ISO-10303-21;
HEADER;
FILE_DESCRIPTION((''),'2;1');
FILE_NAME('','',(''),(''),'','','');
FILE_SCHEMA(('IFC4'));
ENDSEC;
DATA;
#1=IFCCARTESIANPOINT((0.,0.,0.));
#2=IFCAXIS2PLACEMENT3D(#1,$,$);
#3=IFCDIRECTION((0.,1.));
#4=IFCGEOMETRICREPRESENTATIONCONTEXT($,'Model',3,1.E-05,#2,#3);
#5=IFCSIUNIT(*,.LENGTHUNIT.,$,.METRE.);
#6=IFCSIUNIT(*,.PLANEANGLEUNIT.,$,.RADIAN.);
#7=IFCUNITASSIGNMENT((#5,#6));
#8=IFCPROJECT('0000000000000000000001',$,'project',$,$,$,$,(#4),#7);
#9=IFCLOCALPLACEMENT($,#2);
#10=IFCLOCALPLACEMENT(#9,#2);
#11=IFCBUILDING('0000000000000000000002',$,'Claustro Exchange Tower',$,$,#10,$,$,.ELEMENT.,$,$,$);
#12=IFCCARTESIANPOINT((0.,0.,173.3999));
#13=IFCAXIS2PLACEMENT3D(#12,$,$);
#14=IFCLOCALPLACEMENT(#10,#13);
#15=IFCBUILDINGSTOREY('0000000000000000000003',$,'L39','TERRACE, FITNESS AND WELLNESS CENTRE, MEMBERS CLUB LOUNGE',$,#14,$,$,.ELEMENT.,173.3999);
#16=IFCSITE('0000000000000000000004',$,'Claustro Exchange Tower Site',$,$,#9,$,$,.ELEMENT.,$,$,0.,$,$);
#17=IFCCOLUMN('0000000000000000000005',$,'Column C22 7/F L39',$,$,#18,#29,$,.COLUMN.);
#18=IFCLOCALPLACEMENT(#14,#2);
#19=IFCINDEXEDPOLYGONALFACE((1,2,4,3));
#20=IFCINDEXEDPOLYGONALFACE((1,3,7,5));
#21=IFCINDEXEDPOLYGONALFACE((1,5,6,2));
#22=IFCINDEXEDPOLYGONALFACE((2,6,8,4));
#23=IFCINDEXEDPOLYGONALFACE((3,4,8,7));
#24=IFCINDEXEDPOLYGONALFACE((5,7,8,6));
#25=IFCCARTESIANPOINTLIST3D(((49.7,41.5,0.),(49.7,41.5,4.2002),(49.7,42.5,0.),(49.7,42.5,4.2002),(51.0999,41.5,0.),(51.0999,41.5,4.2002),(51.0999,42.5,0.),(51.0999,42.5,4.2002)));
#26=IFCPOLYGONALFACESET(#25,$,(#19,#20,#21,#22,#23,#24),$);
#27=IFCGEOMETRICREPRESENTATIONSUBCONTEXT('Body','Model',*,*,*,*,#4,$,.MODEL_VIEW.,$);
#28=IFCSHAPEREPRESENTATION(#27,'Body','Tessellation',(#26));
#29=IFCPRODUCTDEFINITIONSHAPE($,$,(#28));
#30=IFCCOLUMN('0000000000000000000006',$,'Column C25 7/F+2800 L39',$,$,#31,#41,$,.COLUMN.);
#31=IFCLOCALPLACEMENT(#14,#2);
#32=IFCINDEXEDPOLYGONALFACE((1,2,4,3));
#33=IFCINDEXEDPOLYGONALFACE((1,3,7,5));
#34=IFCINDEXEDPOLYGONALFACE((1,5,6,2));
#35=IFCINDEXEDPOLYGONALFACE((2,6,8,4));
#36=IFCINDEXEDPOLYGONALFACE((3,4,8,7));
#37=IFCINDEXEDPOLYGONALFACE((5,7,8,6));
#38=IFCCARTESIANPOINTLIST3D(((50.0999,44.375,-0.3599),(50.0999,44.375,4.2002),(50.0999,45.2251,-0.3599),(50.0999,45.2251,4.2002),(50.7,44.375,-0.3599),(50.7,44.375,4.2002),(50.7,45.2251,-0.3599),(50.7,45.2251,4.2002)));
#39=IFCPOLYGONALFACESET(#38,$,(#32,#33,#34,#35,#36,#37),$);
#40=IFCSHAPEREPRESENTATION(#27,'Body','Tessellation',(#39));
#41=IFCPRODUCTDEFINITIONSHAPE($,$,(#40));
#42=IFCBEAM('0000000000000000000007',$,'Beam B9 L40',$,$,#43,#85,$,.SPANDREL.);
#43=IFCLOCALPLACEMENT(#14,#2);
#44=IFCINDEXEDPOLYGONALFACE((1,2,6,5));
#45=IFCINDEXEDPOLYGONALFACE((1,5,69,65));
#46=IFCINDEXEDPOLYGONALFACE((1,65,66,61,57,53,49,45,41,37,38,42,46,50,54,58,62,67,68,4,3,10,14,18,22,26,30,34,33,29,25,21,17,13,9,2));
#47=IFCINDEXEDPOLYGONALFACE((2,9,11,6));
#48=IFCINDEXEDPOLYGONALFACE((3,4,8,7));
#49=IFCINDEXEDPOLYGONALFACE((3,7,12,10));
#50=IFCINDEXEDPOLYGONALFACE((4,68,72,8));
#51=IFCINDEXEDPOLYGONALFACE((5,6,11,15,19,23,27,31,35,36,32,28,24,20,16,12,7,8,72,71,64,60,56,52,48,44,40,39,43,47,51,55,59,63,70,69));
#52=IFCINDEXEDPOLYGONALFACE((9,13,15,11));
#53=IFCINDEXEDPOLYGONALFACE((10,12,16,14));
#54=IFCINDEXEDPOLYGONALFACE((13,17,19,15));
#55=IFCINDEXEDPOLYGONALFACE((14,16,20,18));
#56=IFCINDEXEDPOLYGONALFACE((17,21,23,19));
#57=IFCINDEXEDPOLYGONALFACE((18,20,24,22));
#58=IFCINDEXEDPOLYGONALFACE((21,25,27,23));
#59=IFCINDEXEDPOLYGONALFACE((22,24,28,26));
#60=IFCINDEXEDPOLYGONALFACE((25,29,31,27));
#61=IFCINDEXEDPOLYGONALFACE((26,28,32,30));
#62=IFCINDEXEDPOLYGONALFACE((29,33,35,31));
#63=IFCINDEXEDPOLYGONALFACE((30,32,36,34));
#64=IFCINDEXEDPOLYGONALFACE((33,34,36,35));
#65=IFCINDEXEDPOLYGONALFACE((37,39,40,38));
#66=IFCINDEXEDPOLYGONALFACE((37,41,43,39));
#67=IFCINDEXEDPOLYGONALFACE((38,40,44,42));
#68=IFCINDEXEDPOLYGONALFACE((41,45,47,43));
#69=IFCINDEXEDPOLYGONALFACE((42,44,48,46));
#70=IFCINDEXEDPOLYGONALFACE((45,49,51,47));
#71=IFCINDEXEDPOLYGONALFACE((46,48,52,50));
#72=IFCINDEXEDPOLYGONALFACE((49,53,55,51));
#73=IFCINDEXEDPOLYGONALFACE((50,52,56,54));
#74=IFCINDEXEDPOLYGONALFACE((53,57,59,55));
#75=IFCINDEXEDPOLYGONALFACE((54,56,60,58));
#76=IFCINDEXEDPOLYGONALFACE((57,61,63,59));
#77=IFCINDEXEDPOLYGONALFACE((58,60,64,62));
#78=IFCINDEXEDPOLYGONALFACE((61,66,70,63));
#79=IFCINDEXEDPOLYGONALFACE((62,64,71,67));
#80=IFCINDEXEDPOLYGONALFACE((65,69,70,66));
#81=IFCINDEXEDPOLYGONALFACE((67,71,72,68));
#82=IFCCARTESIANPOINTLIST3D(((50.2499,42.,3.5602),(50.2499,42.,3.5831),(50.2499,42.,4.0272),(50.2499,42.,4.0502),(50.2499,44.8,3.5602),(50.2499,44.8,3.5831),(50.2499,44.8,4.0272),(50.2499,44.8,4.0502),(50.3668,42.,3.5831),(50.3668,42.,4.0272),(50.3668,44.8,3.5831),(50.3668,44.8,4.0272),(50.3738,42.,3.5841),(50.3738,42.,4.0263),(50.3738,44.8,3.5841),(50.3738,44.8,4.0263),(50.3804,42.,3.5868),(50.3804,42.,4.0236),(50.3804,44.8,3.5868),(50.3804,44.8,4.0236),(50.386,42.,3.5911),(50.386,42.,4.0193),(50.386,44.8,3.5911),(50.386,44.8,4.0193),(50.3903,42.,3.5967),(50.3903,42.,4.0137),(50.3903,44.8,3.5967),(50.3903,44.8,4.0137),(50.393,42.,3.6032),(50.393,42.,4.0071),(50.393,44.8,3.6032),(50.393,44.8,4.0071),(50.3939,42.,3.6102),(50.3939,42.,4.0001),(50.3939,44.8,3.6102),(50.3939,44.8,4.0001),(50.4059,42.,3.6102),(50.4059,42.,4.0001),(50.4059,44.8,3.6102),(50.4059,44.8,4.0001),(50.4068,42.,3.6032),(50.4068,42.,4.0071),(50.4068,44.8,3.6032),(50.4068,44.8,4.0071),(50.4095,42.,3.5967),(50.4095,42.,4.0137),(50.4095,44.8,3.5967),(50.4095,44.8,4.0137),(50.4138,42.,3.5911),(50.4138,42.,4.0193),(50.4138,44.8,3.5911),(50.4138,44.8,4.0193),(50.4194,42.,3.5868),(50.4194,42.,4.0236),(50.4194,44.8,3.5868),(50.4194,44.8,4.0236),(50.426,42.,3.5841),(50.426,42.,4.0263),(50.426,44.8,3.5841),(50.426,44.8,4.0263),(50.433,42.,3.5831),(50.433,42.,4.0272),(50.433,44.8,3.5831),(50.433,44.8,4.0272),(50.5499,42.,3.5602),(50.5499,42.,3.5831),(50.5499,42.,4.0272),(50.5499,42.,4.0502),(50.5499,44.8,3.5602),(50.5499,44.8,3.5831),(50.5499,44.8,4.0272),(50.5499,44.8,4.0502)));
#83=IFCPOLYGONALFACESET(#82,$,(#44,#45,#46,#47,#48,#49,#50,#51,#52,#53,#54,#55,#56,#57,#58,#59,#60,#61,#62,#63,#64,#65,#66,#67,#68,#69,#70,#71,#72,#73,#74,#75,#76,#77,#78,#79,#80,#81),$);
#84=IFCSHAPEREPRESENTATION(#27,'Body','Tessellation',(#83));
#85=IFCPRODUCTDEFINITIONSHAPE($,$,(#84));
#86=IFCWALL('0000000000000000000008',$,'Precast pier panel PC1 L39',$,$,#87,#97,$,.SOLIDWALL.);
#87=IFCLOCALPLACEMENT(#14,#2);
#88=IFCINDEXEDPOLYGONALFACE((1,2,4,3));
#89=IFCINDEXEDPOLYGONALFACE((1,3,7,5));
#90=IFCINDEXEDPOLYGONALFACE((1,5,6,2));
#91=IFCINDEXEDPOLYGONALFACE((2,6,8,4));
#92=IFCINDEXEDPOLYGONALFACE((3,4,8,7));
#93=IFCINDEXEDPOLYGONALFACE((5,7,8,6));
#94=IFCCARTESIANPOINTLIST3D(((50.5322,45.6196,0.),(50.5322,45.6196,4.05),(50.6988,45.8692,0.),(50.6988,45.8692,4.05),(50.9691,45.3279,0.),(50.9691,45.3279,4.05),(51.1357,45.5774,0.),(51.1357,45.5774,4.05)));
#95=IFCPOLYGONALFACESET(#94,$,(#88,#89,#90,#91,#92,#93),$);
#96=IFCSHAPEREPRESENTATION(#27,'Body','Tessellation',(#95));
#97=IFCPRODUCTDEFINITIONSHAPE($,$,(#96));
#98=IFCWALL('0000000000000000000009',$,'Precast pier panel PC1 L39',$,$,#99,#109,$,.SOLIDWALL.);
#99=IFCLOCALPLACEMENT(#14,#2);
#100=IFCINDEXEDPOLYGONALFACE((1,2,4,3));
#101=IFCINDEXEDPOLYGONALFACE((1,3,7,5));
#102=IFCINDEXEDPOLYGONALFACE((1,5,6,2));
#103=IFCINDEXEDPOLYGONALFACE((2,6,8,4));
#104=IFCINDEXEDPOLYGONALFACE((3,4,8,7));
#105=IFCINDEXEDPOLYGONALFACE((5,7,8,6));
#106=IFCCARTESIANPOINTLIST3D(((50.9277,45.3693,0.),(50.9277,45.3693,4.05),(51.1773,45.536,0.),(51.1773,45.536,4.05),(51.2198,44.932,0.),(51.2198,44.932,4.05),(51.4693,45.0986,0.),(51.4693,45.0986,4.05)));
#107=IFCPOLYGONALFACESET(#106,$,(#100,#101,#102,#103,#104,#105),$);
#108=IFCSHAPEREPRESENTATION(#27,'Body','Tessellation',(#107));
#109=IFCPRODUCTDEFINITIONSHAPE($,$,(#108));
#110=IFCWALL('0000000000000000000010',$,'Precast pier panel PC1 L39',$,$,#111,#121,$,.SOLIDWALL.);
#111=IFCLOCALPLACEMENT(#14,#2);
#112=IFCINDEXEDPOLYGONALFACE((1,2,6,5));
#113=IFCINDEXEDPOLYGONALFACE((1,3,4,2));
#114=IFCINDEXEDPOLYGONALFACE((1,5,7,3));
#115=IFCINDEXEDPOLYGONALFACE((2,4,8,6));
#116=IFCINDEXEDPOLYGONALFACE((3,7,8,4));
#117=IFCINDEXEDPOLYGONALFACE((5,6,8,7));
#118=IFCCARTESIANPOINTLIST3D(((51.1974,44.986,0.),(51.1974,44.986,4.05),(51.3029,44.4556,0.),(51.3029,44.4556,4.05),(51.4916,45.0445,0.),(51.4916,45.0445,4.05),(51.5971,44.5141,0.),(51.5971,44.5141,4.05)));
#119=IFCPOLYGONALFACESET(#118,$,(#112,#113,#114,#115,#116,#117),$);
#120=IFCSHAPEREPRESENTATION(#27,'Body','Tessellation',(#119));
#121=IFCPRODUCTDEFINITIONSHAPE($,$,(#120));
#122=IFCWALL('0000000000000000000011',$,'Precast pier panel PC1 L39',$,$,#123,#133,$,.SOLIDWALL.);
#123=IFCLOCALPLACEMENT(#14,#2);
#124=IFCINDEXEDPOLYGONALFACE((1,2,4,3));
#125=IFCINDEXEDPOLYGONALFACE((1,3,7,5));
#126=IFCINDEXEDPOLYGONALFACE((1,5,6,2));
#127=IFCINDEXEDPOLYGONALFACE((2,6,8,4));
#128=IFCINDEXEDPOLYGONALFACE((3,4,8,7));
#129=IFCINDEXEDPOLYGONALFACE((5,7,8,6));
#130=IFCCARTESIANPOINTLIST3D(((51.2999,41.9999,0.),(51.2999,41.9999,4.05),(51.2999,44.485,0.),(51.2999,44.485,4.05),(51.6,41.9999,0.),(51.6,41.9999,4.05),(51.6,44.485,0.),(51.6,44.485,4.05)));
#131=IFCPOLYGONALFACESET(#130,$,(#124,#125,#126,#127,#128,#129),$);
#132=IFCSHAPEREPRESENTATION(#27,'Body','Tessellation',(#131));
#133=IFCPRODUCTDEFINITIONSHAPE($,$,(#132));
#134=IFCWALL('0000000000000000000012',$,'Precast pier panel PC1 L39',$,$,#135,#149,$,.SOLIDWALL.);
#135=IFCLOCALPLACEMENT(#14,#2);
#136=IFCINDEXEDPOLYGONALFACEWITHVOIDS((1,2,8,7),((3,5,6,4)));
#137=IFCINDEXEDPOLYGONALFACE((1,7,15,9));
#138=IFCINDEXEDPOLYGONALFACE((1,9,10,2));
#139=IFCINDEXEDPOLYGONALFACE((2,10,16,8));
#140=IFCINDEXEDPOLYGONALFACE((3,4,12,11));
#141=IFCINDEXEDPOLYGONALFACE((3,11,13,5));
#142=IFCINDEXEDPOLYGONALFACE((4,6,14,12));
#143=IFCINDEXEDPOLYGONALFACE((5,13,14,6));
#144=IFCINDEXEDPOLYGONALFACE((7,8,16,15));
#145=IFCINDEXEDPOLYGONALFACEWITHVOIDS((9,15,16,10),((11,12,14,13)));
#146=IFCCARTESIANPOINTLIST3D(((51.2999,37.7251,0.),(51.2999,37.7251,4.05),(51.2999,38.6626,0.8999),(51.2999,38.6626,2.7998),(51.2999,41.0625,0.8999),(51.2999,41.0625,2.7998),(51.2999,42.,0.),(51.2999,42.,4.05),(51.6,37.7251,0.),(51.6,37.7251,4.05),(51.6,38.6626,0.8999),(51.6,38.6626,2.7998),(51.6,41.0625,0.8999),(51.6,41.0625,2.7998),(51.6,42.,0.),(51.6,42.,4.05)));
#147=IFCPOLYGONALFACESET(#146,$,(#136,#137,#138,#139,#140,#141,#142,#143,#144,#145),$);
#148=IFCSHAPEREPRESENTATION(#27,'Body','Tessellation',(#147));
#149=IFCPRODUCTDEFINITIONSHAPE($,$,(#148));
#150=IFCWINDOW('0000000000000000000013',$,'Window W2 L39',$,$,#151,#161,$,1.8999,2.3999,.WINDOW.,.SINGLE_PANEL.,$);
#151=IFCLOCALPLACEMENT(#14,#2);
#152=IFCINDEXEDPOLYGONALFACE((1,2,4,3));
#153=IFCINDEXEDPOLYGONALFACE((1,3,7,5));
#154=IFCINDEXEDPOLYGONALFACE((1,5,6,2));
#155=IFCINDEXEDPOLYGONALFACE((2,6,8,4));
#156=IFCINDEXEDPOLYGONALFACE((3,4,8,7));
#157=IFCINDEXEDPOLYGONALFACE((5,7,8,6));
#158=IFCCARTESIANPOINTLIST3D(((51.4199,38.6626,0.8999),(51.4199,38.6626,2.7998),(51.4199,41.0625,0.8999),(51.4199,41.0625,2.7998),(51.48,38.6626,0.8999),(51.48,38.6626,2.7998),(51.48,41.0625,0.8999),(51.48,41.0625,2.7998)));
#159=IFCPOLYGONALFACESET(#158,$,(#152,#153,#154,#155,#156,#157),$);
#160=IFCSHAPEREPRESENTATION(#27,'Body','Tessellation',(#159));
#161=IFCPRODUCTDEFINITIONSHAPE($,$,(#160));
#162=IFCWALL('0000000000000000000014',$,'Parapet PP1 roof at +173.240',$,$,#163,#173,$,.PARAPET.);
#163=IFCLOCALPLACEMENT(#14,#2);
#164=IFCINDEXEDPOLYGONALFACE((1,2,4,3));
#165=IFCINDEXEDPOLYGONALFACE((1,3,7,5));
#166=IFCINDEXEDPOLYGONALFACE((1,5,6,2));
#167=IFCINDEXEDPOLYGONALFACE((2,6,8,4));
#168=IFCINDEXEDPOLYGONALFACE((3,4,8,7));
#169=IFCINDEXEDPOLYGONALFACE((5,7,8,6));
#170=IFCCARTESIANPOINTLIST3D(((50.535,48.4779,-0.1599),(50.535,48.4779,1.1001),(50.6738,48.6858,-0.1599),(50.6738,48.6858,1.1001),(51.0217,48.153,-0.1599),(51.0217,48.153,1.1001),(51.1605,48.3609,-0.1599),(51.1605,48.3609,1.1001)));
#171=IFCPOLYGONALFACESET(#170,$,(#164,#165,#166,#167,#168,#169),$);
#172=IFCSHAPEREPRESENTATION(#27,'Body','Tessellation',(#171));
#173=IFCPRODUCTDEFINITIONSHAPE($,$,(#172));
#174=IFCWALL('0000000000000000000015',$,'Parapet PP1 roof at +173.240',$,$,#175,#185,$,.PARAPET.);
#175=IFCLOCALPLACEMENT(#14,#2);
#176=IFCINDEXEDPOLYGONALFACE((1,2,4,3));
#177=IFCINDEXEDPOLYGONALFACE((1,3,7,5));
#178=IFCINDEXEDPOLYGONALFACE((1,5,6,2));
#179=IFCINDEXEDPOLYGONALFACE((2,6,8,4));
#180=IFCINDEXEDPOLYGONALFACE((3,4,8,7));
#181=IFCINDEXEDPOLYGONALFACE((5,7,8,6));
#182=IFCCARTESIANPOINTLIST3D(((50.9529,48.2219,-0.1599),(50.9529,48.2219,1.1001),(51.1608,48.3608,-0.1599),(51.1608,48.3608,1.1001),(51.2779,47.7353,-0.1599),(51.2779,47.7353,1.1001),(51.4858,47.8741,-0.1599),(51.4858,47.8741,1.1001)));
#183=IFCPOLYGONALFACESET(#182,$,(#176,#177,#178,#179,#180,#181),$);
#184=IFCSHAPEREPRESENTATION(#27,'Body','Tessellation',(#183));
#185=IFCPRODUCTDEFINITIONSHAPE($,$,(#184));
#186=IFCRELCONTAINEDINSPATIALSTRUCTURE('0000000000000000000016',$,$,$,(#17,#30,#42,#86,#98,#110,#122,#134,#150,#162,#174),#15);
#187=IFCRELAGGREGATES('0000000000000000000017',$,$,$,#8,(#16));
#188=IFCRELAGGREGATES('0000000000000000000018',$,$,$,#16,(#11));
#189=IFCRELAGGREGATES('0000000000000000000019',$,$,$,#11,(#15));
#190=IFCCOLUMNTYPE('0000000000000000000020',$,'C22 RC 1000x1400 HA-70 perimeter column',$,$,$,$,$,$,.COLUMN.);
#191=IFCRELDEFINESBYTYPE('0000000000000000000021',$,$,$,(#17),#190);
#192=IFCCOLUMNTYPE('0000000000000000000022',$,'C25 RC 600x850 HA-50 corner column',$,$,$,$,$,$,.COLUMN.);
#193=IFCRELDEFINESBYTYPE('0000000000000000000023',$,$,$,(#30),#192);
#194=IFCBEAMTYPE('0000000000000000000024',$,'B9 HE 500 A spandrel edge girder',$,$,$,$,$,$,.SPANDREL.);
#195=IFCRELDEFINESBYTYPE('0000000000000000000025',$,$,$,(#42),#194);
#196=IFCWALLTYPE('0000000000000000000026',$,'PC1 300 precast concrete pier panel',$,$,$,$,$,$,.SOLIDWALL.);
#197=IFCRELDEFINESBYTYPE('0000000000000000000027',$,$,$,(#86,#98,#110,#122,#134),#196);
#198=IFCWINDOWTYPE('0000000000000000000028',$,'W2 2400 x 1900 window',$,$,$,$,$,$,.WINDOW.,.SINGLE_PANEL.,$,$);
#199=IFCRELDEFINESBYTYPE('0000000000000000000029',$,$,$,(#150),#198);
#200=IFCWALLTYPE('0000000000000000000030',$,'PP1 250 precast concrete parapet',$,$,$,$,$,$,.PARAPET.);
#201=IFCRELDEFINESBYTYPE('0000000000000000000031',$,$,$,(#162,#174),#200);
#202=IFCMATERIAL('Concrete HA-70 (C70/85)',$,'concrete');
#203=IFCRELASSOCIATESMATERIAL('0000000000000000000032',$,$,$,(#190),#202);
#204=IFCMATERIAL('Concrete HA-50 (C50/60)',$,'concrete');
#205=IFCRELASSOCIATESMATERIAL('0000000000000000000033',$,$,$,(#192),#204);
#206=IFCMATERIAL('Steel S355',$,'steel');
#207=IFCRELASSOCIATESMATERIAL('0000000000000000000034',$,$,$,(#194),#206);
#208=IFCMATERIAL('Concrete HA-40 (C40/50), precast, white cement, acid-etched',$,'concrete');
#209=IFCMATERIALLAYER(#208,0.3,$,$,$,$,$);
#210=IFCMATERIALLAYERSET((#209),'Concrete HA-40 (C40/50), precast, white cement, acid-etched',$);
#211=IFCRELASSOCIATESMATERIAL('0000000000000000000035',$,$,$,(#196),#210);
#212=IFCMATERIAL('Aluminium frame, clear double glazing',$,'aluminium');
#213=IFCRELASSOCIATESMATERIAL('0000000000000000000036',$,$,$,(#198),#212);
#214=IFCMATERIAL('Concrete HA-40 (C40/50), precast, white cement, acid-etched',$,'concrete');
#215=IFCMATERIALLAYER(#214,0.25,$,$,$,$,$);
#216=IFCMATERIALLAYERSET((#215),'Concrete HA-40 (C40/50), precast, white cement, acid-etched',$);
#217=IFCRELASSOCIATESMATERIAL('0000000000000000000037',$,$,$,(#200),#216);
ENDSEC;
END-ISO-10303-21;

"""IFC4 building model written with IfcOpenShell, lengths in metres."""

from ifc_helpers import new_model, si_unit, direction, frame, frame_2d, origin, origin_2d, place, context, subcontext, project, spatial, rectangle, i_section, extrude, material, layer, layer_set, material_profile, profile_set, type_object, element, fill, save


model = new_model("IFC4")

# Units and contexts
model_context = context("Model", 3, precision=1e-05, world=origin(), true_north=direction((0.0, 1.0)))
body_context = subcontext(model_context, "Body", "Model", "MODEL_VIEW")
ifc_project = project(units=[si_unit("LENGTHUNIT", "METRE"), si_unit("PLANEANGLEUNIT", "RADIAN")], contexts=[model_context])

# Site, building, storey
site_placement = place(None, origin())
site = spatial("IfcSite", under=ifc_project, at=site_placement, Name="Claustro Exchange Tower Site", CompositionType="ELEMENT", RefElevation=0.0)
building_placement = place(site_placement, origin())
building = spatial("IfcBuilding", under=site, at=building_placement, Name="Claustro Exchange Tower", CompositionType="ELEMENT")
storey_placement = place(building_placement, frame((0.0, 0.0, 173.3999)))
storey = spatial("IfcBuildingStorey", under=building, at=storey_placement, Name="L39", Description="TERRACE, FITNESS AND WELLNESS CENTRE, MEMBERS CLUB LOUNGE", CompositionType="ELEMENT", Elevation=173.3999)

# Columns
ifc_material_1 = material(Name="Concrete HA-70 (C70/85)", Category="concrete")
ifc_material_profile_1 = material_profile(ifc_material_1, rectangle(XDim=1.0, YDim=1.3999, at=origin_2d()), Name="RC 1000x1400")
ifc_profile_set_1 = profile_set([ifc_material_profile_1], Name="Concrete HA-70 (C70/85)")
column_type_1 = type_object("IfcColumnType", Name="C22 RC 1000x1400 HA-70 perimeter column", PredefinedType="COLUMN", material=ifc_profile_set_1)
column_1_placement = place(storey_placement, frame((50.3999, 42.0, 0.0), z_axis=(0.0, 0.0, 1.0), x_axis=(0.0, 1.0, 0.0)))
element("IfcColumn", 1, at=column_1_placement, inside=storey, type_object=column_type_1, Name="Column C22 7/F L39", PredefinedType="COLUMN", context=body_context, shape_type="SweptSolid", body=[
    extrude(rectangle(XDim=1.0, YDim=1.3999, at=origin_2d()), origin(), (0.0, 0.0, 1.0), 4.2002),
])
ifc_material_2 = material(Name="Concrete HA-50 (C50/60)", Category="concrete")
ifc_material_profile_2 = material_profile(ifc_material_2, rectangle(XDim=0.6001, YDim=0.8501, at=origin_2d()), Name="RC 600x850")
ifc_profile_set_2 = profile_set([ifc_material_profile_2], Name="Concrete HA-50 (C50/60)")
column_type_2 = type_object("IfcColumnType", Name="C25 RC 600x850 HA-50 corner column", PredefinedType="COLUMN", material=ifc_profile_set_2)
column_2_placement = place(storey_placement, frame((50.3999, 44.8, -0.3599), z_axis=(0.0, 0.0, 1.0), x_axis=(1.0, 0.0, 0.0)))
element("IfcColumn", 2, at=column_2_placement, inside=storey, type_object=column_type_2, Name="Column C25 7/F+2800 L39", PredefinedType="COLUMN", context=body_context, shape_type="SweptSolid", body=[
    extrude(rectangle(XDim=0.6001, YDim=0.8501, at=origin_2d()), origin(), (0.0, 0.0, 1.0), 4.5601),
])

# Beam
ifc_material_3 = material(Name="Steel S355", Category="steel")
ifc_material_profile_3 = material_profile(ifc_material_3, i_section(OverallWidth=0.3, OverallDepth=0.49, WebThickness=0.012, FlangeThickness=0.0229, FilletRadius=0.0271, at=origin_2d()), Name="HE 500 A")
ifc_profile_set_3 = profile_set([ifc_material_profile_3], Name="Steel S355")
beam_type = type_object("IfcBeamType", Name="B9 HE 500 A spandrel edge girder", PredefinedType="SPANDREL", material=ifc_profile_set_3)
beam_placement = place(storey_placement, frame((50.3999, 42.0, 3.8052), z_axis=(0.0, 1.0, 0.0), x_axis=(-1.0, 0.0, 0.0)))
element("IfcBeam", 3, at=beam_placement, inside=storey, type_object=beam_type, Name="Beam B9 L40", PredefinedType="SPANDREL", context=body_context, shape_type="SweptSolid", body=[
    extrude(i_section(OverallWidth=0.3, OverallDepth=0.49, WebThickness=0.012, FlangeThickness=0.0229, FilletRadius=0.0271, at=origin_2d()), origin(), (0.0, 0.0, 1.0), 2.8),
])

# Walls
ifc_material_4 = material(Name="Concrete HA-40 (C40/50), precast, white cement, acid-etched", Category="concrete")
ifc_layer_1 = layer(ifc_material_4, 0.3)
ifc_layer_set_1 = layer_set([ifc_layer_1], Name="Concrete HA-40 (C40/50), precast, white cement, acid-etched")
wall_type_1 = type_object("IfcWallType", Name="PC1 300 precast concrete pier panel", PredefinedType="SOLIDWALL", material=ifc_layer_set_1)
wall_1_placement = place(storey_placement, frame((50.6155, 45.7444, 0.0), z_axis=(0.0, 0.0, 1.0), x_axis=(0.831693, -0.555236, 0.0)))
element("IfcWall", 4, at=wall_1_placement, inside=storey, type_object=wall_type_1, Name="Precast pier panel PC1 L39", PredefinedType="SOLIDWALL", context=body_context, shape_type="SweptSolid", body=[
    extrude(rectangle(XDim=0.5254, YDim=0.3, at=frame_2d((0.2627, 0.0))), origin(), (0.0, 0.0, 1.0), 4.05),
])
wall_2_placement = place(storey_placement, frame((51.0525, 45.4526, 0.0), z_axis=(0.0, 0.0, 1.0), x_axis=(0.555343, -0.831621, 0.0)))
element("IfcWall", 5, at=wall_2_placement, inside=storey, type_object=wall_type_1, Name="Precast pier panel PC1 L39", PredefinedType="SOLIDWALL", context=body_context, shape_type="SweptSolid", body=[
    extrude(rectangle(XDim=0.5259, YDim=0.3, at=frame_2d((0.2629, 0.0))), origin(), (0.0, 0.0, 1.0), 4.05),
])
wall_3_placement = place(storey_placement, frame((51.3445, 45.0154, 0.0), z_axis=(0.0, 0.0, 1.0), x_axis=(0.195074, -0.980789, 0.0)))
element("IfcWall", 6, at=wall_3_placement, inside=storey, type_object=wall_type_1, Name="Precast pier panel PC1 L39", PredefinedType="SOLIDWALL", context=body_context, shape_type="SweptSolid", body=[
    extrude(rectangle(XDim=0.5408, YDim=0.3, at=frame_2d((0.2705, 0.0))), origin(), (0.0, 0.0, 1.0), 4.05),
])
wall_4_placement = place(storey_placement, frame((51.45, 44.4851, 0.0), z_axis=(0.0, 0.0, 1.0), x_axis=(0.0, -1.0, 0.0)))
element("IfcWall", 7, at=wall_4_placement, inside=storey, type_object=wall_type_1, Name="Precast pier panel PC1 L39", PredefinedType="SOLIDWALL", context=body_context, shape_type="SweptSolid", body=[
    extrude(rectangle(XDim=2.4851, YDim=0.3, at=frame_2d((1.2427, 0.0))), origin(), (0.0, 0.0, 1.0), 4.05),
])

# Wall, opening, window
wall_5_placement = place(storey_placement, frame((51.45, 42.0, 0.0), z_axis=(0.0, 0.0, 1.0), x_axis=(0.0, -1.0, 0.0)))
wall_5 = element("IfcWall", 8, at=wall_5_placement, inside=storey, type_object=wall_type_1, Name="Precast pier panel PC1 L39", PredefinedType="SOLIDWALL", context=body_context, shape_type="SweptSolid", body=[
    extrude(rectangle(XDim=4.2749, YDim=0.3, at=frame_2d((2.1375, 0.0))), origin(), (0.0, 0.0, 1.0), 4.05),
])
opening_placement = place(wall_5_placement, frame((0.9375, 0.0, 0.8999)))
opening = element("IfcOpeningElement", 9, at=opening_placement, cuts=wall_5, PredefinedType="OPENING", context=body_context, shape_type="SweptSolid", body=[
    extrude(rectangle(XDim=2.3999, YDim=1.8999, at=frame_2d((1.2, 0.95))), frame((0.0, 0.1599, 0.0), z_axis=(0.0, -1.0, 0.0), x_axis=(1.0, 0.0, 0.0)), (0.0, 0.0, 1.0), 0.3201),
])
ifc_material_5 = material(Name="Aluminium frame, clear double glazing", Category="aluminium")
window_type = type_object("IfcWindowType", Name="W2 2400 x 1900 window", PartitioningType="SINGLE_PANEL", PredefinedType="WINDOW", material=ifc_material_5)
window_placement = place(opening_placement, origin())
window = element("IfcWindow", 10, at=window_placement, inside=storey, type_object=window_type, Name="Window W2 L39", OverallHeight=1.8999, OverallWidth=2.3999, PartitioningType="SINGLE_PANEL", PredefinedType="WINDOW", context=body_context, shape_type="SweptSolid", body=[
    extrude(rectangle(XDim=2.3999, YDim=1.8999, at=frame_2d((1.2, 0.95))), frame((0.0, 0.03, 0.0), z_axis=(0.0, -1.0, 0.0), x_axis=(1.0, 0.0, 0.0)), (0.0, 0.0, 1.0), 0.0601),
])
fill(opening, window)

# Walls
ifc_material_6 = material(Name="Concrete HA-40 (C40/50), precast, white cement, acid-etched", Category="concrete")
ifc_layer_2 = layer(ifc_material_6, 0.25)
ifc_layer_set_2 = layer_set([ifc_layer_2], Name="Concrete HA-40 (C40/50), precast, white cement, acid-etched")
wall_type_2 = type_object("IfcWallType", Name="PP1 250 precast concrete parapet", PredefinedType="PARAPET", material=ifc_layer_set_2)
for number, where, z_axis, x_axis, name in (
    (11, (50.6045, 48.5818, -0.1599), (0.0, 0.0, 1.0), (0.831729, -0.555181, 0.0), "Parapet PP1 roof at +173.240"),
    (12, (51.0569, 48.2913, -0.1599), (0.0, 0.0, 1.0), (0.555374, -0.831601, 0.0), "Parapet PP1 roof at +173.240"),
):
    element("IfcWall", number, at=place(storey_placement, frame(where, z_axis=z_axis, x_axis=x_axis)), inside=storey, type_object=wall_type_2, Name=name, PredefinedType="PARAPET", context=body_context, shape_type="SweptSolid", body=[
        extrude(rectangle(XDim=0.5852, YDim=0.25, at=frame_2d((0.2925, 0.0))), origin(), (0.0, 0.0, 1.0), 1.26),
    ])

save(model, "model.ifc")
